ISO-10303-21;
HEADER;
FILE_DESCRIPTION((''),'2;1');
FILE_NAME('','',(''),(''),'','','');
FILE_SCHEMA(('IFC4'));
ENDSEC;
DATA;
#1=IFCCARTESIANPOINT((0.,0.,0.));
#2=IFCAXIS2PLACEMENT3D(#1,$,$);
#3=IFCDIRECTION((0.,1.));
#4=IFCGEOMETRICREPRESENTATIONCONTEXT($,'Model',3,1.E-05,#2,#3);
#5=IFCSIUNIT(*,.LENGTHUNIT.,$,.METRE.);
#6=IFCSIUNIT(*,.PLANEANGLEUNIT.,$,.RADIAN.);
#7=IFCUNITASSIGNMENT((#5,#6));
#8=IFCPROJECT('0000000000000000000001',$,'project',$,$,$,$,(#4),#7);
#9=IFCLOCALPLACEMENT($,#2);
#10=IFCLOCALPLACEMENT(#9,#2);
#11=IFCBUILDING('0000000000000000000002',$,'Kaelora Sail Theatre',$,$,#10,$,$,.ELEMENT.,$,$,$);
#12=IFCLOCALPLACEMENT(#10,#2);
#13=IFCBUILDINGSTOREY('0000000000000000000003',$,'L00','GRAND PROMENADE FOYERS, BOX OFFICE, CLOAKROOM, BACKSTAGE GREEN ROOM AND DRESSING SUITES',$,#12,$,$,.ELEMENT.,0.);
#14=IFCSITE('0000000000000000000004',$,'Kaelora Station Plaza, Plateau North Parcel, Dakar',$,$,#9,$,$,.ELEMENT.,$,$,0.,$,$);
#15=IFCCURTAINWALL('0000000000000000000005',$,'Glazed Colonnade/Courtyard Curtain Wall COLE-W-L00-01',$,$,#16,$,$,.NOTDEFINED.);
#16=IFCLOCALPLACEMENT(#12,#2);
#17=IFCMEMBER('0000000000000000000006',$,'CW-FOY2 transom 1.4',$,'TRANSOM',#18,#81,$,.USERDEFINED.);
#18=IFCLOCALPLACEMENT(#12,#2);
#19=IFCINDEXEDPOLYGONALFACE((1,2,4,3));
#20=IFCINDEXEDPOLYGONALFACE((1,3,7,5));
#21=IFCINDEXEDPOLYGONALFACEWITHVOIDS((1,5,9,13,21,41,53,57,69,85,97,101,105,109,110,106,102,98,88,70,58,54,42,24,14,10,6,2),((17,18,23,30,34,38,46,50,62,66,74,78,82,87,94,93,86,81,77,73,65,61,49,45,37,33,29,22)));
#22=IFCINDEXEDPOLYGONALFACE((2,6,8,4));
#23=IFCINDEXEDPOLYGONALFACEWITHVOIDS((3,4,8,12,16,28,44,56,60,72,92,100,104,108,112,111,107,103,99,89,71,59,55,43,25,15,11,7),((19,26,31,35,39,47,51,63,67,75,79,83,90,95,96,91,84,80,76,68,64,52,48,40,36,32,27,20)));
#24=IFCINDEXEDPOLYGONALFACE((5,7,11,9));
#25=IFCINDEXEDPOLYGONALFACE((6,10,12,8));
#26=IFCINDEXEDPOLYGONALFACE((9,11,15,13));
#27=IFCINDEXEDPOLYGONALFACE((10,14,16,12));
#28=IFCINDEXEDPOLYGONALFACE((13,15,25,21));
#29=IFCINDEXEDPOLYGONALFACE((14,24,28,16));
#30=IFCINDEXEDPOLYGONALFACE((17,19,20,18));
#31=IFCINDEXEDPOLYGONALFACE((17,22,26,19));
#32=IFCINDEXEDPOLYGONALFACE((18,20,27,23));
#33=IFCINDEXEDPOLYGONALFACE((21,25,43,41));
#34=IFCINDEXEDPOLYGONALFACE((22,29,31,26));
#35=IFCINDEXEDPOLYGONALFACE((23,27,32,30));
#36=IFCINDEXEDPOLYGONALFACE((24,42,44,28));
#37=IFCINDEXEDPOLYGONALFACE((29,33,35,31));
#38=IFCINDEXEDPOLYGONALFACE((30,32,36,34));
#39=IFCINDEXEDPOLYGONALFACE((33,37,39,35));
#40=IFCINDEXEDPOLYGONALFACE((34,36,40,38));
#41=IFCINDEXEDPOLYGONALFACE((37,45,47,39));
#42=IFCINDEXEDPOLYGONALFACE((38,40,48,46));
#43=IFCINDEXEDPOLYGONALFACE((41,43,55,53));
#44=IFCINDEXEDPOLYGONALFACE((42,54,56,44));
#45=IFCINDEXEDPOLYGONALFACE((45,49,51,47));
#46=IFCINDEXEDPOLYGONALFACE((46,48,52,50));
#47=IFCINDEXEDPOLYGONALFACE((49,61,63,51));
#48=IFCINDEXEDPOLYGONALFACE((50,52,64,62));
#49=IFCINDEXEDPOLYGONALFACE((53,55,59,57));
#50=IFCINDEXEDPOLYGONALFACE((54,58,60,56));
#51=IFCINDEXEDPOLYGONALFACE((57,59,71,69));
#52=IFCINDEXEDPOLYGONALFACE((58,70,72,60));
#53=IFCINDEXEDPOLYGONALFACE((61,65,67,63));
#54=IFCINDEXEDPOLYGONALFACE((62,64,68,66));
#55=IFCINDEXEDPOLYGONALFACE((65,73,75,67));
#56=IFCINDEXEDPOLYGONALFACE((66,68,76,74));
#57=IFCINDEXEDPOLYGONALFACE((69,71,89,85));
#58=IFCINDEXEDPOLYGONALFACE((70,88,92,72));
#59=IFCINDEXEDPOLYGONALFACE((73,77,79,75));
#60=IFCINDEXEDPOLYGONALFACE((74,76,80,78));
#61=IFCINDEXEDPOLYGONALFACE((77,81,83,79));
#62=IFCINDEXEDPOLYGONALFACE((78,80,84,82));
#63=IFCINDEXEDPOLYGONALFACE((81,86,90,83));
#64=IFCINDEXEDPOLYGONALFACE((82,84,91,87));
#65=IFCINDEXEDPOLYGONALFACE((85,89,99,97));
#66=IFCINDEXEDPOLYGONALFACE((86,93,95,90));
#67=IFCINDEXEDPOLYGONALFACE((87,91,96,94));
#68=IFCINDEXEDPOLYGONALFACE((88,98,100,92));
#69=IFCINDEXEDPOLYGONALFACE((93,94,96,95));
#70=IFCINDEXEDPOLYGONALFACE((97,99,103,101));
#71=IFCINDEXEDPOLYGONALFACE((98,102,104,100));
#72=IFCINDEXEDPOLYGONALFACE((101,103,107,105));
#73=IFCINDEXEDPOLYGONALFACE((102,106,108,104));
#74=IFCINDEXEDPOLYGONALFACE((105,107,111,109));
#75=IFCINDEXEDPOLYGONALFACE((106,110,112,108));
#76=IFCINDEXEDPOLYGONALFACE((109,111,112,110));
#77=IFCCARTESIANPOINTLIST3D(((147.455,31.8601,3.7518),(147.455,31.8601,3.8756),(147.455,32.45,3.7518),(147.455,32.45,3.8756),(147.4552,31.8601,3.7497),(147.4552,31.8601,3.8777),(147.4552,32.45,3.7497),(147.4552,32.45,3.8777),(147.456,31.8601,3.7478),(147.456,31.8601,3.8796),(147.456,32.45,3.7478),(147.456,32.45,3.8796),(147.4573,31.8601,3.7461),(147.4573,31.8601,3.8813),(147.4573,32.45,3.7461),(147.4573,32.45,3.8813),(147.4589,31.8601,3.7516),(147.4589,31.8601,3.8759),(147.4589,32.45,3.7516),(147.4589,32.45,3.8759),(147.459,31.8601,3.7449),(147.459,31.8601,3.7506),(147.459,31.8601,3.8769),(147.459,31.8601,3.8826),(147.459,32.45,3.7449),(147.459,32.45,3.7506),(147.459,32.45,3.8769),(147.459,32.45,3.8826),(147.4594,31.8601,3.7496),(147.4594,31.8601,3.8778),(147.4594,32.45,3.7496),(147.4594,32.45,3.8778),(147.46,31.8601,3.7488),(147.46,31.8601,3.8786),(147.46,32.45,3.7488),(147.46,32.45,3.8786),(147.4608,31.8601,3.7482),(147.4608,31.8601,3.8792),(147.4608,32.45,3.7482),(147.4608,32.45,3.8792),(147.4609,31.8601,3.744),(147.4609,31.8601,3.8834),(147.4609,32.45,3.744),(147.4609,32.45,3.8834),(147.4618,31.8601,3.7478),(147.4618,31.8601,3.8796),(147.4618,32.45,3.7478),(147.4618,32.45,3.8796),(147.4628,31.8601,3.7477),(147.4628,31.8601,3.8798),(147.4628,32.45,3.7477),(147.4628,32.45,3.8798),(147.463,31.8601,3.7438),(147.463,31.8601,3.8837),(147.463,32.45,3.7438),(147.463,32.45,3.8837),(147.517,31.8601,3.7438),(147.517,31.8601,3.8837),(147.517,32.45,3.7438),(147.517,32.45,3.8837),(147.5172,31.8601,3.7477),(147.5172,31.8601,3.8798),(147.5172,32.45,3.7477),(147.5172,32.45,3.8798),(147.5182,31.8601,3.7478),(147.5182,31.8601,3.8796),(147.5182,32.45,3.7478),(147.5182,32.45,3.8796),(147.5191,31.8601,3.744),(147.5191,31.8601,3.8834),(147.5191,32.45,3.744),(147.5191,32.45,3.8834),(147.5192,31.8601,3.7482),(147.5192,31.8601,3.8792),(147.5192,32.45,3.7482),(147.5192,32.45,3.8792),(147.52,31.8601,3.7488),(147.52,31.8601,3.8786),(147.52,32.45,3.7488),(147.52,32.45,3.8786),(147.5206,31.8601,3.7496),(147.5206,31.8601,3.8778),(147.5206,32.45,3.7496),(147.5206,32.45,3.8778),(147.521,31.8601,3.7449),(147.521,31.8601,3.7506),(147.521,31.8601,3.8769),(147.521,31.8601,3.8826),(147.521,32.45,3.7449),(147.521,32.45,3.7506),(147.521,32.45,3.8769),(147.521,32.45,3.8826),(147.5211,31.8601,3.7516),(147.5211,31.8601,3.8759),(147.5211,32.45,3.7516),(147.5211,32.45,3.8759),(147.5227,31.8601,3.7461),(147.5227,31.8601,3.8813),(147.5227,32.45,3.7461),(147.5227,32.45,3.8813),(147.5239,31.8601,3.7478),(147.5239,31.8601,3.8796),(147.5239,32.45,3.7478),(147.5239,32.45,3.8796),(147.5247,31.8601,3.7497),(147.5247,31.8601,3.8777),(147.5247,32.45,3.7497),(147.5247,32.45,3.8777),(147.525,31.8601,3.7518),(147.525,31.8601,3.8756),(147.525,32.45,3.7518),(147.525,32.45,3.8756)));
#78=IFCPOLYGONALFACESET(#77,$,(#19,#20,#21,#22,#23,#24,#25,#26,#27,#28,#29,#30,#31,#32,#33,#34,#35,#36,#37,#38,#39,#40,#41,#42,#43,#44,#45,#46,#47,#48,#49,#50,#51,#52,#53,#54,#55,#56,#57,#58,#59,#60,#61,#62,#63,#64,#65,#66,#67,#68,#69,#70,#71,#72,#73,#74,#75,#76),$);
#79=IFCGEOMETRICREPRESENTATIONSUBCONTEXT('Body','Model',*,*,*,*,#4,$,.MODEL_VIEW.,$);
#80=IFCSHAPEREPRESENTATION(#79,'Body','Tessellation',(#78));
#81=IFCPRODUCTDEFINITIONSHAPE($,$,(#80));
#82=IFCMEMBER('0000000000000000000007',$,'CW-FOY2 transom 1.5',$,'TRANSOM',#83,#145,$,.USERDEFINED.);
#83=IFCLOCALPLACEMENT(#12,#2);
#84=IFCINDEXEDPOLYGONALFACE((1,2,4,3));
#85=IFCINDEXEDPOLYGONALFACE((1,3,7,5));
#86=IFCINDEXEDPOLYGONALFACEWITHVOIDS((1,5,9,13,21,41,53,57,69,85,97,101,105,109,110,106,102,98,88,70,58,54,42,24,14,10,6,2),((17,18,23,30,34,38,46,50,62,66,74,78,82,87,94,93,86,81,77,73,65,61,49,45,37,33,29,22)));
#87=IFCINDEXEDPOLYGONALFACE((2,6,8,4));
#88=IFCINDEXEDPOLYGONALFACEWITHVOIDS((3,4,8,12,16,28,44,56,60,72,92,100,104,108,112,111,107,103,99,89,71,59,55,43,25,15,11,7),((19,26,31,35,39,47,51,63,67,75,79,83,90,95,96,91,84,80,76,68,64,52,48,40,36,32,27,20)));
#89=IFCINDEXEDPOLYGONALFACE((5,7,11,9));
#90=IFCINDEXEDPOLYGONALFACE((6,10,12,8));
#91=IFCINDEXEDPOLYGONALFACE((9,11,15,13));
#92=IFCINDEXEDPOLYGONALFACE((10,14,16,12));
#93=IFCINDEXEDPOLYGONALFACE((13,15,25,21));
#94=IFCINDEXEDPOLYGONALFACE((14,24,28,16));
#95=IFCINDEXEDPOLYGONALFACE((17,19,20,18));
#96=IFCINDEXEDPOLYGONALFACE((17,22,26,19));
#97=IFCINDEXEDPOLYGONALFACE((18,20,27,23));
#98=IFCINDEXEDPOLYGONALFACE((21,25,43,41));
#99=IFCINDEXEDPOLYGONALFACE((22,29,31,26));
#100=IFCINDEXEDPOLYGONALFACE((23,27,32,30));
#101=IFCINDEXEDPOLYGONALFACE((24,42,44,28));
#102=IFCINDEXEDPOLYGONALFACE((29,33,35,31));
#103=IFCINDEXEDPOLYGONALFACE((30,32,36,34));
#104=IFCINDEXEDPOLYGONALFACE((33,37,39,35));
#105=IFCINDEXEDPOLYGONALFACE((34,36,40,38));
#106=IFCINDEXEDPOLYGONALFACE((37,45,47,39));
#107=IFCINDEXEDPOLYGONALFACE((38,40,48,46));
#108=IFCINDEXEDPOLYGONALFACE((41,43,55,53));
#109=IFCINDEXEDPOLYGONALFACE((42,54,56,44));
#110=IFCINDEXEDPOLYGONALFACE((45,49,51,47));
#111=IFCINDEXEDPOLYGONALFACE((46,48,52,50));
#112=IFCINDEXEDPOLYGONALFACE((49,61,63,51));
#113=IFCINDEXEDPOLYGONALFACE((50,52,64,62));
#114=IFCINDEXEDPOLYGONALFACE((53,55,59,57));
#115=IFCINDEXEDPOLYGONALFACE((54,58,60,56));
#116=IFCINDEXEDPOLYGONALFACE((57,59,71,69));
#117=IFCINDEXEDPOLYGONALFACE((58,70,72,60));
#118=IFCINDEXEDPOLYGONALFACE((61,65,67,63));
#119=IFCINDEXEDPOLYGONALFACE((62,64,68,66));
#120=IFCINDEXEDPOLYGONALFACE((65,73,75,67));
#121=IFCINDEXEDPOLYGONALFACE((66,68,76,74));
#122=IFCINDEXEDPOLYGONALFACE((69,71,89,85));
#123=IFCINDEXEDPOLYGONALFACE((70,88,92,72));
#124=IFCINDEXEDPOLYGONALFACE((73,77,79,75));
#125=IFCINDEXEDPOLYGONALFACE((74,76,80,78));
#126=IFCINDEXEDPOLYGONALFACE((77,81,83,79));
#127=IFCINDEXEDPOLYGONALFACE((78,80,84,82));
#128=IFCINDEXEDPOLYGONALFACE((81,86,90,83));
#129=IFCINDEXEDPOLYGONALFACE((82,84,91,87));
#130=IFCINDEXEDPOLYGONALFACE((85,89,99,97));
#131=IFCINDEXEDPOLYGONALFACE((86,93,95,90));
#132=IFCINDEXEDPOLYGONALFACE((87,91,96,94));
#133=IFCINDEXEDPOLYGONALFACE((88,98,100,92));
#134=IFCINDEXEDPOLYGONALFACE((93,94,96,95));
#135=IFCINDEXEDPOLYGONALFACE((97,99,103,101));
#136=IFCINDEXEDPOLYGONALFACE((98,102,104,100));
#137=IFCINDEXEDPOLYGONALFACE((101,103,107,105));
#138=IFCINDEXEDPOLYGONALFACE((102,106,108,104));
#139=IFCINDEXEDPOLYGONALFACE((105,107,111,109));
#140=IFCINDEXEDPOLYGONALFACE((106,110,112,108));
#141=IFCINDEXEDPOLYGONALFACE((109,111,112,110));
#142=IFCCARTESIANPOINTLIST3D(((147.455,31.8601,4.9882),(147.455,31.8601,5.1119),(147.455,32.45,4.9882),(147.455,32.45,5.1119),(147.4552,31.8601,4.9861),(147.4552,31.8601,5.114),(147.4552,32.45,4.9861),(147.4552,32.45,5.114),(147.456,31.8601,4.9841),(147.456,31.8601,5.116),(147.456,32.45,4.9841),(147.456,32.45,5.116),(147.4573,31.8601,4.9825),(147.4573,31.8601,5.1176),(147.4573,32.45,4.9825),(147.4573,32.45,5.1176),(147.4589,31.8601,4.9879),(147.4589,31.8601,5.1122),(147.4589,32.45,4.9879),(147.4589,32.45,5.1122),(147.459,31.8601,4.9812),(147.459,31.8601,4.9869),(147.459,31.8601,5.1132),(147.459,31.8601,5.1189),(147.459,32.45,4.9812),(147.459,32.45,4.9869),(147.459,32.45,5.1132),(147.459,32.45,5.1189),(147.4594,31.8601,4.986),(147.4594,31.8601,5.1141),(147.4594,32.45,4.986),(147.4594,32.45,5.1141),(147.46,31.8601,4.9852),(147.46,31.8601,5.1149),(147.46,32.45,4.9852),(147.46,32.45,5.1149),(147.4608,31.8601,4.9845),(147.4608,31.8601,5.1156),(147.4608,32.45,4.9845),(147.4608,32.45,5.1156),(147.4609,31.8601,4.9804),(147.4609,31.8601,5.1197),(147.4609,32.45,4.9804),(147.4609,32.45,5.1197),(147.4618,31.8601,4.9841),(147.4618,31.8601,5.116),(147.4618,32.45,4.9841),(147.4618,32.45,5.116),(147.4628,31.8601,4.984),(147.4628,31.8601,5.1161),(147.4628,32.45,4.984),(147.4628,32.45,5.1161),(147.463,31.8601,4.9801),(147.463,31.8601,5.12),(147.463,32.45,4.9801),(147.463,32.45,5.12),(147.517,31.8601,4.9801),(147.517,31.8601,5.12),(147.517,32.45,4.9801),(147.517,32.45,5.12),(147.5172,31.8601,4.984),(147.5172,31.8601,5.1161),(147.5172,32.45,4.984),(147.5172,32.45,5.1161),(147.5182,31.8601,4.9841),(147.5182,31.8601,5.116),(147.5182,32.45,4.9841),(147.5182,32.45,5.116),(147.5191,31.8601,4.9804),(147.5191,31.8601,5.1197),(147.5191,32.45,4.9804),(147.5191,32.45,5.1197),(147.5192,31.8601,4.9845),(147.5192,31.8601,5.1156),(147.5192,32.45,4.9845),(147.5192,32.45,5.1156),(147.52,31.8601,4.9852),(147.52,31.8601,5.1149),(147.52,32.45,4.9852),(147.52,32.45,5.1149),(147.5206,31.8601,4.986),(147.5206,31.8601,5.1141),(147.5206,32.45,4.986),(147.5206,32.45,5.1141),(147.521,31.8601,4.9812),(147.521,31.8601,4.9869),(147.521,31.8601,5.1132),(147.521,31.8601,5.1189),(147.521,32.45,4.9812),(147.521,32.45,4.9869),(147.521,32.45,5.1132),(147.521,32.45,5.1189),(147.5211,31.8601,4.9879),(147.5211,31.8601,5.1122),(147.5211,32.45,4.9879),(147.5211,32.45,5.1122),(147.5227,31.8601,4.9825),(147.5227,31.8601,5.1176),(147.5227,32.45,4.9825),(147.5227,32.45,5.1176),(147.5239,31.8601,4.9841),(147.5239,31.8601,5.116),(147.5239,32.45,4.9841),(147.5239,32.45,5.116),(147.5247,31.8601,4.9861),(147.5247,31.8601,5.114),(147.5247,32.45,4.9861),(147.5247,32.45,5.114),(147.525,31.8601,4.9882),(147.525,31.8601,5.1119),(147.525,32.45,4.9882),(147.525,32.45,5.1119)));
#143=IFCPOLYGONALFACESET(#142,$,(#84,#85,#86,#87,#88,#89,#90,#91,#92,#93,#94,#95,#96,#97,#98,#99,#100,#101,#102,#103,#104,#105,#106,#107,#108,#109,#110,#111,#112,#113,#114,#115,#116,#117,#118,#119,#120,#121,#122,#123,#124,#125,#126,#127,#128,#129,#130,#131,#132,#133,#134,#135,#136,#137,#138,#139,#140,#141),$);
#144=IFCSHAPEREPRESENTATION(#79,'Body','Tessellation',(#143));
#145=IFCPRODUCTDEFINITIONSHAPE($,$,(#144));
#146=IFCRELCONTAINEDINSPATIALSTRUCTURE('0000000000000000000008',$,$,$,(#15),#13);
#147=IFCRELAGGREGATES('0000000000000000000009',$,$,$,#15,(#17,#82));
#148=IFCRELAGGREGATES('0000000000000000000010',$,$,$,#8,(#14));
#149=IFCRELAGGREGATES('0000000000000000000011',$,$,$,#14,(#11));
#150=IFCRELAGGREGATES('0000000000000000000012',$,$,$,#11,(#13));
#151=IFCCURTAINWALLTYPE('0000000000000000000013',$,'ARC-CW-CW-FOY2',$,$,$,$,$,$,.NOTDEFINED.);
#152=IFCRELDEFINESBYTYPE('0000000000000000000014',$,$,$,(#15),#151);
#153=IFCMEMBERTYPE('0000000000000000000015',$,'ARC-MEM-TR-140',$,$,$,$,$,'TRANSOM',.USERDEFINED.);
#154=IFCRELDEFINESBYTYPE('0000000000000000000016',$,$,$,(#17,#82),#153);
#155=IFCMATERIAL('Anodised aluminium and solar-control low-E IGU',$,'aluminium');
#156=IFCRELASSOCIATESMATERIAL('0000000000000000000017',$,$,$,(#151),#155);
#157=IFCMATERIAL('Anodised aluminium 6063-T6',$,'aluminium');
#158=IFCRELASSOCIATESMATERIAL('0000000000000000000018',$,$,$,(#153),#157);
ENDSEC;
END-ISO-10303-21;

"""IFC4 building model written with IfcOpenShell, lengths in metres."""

from ifc_helpers import new_model, si_unit, direction, frame, origin, origin_2d, place, context, subcontext, project, spatial, hollow_rectangle, extrude, material, material_profile, profile_set, type_object, element, aggregate, save


model = new_model("IFC4")

# Units and contexts
model_context = context("Model", 3, precision=1e-05, world=origin(), true_north=direction((0.0, 1.0)))
body_context = subcontext(model_context, "Body", "Model", "MODEL_VIEW")
ifc_project = project(units=[si_unit("LENGTHUNIT", "METRE"), si_unit("PLANEANGLEUNIT", "RADIAN")], contexts=[model_context])

# Site, building, storey
site_placement = place(None, origin())
site = spatial("IfcSite", under=ifc_project, at=site_placement, Name="Kaelora Station Plaza, Plateau North Parcel, Dakar", CompositionType="ELEMENT", RefElevation=0.0)
building_placement = place(site_placement, origin())
building = spatial("IfcBuilding", under=site, at=building_placement, Name="Kaelora Sail Theatre", CompositionType="ELEMENT")
storey_placement = place(building_placement, origin())
storey = spatial("IfcBuildingStorey", under=building, at=storey_placement, Name="L00", Description="GRAND PROMENADE FOYERS, BOX OFFICE, CLOAKROOM, BACKSTAGE GREEN ROOM AND DRESSING SUITES", CompositionType="ELEMENT", Elevation=0.0)

# Curtain wall
ifc_material_1 = material(Name="Anodised aluminium and solar-control low-E IGU", Category="aluminium")
curtain_wall_type_1 = type_object("IfcCurtainWallType", Name="ARC-CW-CW-FOY2", PredefinedType="NOTDEFINED", material=ifc_material_1)
curtain_wall_1_placement = place(storey_placement, origin())
curtain_wall_1 = element("IfcCurtainWall", 1, at=curtain_wall_1_placement, inside=storey, type_object=curtain_wall_type_1, Name="Glazed Colonnade/Courtyard Curtain Wall COLE-W-L00-01", PredefinedType="NOTDEFINED")

# Members
ifc_material_2 = material(Name="Anodised aluminium 6063-T6", Category="aluminium")
ifc_material_profile_1 = material_profile(ifc_material_2, hollow_rectangle(XDim=0.0701, YDim=0.1399, WallThickness=0.0039, InnerFilletRadius=0.0039, OuterFilletRadius=0.0081, at=origin_2d()), Name="ALU-TRAN 70x140x4")
ifc_profile_set_1 = profile_set([ifc_material_profile_1], Name="Anodised aluminium 6063-T6")
member_type_1 = type_object("IfcMemberType", Name="ARC-MEM-TR-140", ElementType="TRANSOM", PredefinedType="USERDEFINED", material=ifc_profile_set_1)
member_1_placement = place(storey_placement, frame((147.49, 31.8601, 3.8137), z_axis=(0.0, 1.0, 0.0), x_axis=(-1.0, 0.0, 0.0)))
member_1 = element("IfcMember", 2, at=member_1_placement, type_object=member_type_1, Name="CW-FOY2 transom 1.4", ObjectType="TRANSOM", PredefinedType="USERDEFINED", context=body_context, shape_type="SweptSolid", body=[
    extrude(hollow_rectangle(XDim=0.0701, YDim=0.1399, WallThickness=0.0039, InnerFilletRadius=0.0039, OuterFilletRadius=0.0081, at=origin_2d()), origin(), (0.0, 0.0, 1.0), 0.5898),
])
member_2_placement = place(storey_placement, frame((147.49, 31.8601, 5.05), z_axis=(0.0, 1.0, 0.0), x_axis=(-1.0, 0.0, 0.0)))
member_2 = element("IfcMember", 3, at=member_2_placement, type_object=member_type_1, Name="CW-FOY2 transom 1.5", ObjectType="TRANSOM", PredefinedType="USERDEFINED", context=body_context, shape_type="SweptSolid", body=[
    extrude(hollow_rectangle(XDim=0.0701, YDim=0.1399, WallThickness=0.0039, InnerFilletRadius=0.0039, OuterFilletRadius=0.0081, at=origin_2d()), origin(), (0.0, 0.0, 1.0), 0.5898),
])

aggregate(curtain_wall_1, [member_1, member_2])

save(model, "model.ifc")
